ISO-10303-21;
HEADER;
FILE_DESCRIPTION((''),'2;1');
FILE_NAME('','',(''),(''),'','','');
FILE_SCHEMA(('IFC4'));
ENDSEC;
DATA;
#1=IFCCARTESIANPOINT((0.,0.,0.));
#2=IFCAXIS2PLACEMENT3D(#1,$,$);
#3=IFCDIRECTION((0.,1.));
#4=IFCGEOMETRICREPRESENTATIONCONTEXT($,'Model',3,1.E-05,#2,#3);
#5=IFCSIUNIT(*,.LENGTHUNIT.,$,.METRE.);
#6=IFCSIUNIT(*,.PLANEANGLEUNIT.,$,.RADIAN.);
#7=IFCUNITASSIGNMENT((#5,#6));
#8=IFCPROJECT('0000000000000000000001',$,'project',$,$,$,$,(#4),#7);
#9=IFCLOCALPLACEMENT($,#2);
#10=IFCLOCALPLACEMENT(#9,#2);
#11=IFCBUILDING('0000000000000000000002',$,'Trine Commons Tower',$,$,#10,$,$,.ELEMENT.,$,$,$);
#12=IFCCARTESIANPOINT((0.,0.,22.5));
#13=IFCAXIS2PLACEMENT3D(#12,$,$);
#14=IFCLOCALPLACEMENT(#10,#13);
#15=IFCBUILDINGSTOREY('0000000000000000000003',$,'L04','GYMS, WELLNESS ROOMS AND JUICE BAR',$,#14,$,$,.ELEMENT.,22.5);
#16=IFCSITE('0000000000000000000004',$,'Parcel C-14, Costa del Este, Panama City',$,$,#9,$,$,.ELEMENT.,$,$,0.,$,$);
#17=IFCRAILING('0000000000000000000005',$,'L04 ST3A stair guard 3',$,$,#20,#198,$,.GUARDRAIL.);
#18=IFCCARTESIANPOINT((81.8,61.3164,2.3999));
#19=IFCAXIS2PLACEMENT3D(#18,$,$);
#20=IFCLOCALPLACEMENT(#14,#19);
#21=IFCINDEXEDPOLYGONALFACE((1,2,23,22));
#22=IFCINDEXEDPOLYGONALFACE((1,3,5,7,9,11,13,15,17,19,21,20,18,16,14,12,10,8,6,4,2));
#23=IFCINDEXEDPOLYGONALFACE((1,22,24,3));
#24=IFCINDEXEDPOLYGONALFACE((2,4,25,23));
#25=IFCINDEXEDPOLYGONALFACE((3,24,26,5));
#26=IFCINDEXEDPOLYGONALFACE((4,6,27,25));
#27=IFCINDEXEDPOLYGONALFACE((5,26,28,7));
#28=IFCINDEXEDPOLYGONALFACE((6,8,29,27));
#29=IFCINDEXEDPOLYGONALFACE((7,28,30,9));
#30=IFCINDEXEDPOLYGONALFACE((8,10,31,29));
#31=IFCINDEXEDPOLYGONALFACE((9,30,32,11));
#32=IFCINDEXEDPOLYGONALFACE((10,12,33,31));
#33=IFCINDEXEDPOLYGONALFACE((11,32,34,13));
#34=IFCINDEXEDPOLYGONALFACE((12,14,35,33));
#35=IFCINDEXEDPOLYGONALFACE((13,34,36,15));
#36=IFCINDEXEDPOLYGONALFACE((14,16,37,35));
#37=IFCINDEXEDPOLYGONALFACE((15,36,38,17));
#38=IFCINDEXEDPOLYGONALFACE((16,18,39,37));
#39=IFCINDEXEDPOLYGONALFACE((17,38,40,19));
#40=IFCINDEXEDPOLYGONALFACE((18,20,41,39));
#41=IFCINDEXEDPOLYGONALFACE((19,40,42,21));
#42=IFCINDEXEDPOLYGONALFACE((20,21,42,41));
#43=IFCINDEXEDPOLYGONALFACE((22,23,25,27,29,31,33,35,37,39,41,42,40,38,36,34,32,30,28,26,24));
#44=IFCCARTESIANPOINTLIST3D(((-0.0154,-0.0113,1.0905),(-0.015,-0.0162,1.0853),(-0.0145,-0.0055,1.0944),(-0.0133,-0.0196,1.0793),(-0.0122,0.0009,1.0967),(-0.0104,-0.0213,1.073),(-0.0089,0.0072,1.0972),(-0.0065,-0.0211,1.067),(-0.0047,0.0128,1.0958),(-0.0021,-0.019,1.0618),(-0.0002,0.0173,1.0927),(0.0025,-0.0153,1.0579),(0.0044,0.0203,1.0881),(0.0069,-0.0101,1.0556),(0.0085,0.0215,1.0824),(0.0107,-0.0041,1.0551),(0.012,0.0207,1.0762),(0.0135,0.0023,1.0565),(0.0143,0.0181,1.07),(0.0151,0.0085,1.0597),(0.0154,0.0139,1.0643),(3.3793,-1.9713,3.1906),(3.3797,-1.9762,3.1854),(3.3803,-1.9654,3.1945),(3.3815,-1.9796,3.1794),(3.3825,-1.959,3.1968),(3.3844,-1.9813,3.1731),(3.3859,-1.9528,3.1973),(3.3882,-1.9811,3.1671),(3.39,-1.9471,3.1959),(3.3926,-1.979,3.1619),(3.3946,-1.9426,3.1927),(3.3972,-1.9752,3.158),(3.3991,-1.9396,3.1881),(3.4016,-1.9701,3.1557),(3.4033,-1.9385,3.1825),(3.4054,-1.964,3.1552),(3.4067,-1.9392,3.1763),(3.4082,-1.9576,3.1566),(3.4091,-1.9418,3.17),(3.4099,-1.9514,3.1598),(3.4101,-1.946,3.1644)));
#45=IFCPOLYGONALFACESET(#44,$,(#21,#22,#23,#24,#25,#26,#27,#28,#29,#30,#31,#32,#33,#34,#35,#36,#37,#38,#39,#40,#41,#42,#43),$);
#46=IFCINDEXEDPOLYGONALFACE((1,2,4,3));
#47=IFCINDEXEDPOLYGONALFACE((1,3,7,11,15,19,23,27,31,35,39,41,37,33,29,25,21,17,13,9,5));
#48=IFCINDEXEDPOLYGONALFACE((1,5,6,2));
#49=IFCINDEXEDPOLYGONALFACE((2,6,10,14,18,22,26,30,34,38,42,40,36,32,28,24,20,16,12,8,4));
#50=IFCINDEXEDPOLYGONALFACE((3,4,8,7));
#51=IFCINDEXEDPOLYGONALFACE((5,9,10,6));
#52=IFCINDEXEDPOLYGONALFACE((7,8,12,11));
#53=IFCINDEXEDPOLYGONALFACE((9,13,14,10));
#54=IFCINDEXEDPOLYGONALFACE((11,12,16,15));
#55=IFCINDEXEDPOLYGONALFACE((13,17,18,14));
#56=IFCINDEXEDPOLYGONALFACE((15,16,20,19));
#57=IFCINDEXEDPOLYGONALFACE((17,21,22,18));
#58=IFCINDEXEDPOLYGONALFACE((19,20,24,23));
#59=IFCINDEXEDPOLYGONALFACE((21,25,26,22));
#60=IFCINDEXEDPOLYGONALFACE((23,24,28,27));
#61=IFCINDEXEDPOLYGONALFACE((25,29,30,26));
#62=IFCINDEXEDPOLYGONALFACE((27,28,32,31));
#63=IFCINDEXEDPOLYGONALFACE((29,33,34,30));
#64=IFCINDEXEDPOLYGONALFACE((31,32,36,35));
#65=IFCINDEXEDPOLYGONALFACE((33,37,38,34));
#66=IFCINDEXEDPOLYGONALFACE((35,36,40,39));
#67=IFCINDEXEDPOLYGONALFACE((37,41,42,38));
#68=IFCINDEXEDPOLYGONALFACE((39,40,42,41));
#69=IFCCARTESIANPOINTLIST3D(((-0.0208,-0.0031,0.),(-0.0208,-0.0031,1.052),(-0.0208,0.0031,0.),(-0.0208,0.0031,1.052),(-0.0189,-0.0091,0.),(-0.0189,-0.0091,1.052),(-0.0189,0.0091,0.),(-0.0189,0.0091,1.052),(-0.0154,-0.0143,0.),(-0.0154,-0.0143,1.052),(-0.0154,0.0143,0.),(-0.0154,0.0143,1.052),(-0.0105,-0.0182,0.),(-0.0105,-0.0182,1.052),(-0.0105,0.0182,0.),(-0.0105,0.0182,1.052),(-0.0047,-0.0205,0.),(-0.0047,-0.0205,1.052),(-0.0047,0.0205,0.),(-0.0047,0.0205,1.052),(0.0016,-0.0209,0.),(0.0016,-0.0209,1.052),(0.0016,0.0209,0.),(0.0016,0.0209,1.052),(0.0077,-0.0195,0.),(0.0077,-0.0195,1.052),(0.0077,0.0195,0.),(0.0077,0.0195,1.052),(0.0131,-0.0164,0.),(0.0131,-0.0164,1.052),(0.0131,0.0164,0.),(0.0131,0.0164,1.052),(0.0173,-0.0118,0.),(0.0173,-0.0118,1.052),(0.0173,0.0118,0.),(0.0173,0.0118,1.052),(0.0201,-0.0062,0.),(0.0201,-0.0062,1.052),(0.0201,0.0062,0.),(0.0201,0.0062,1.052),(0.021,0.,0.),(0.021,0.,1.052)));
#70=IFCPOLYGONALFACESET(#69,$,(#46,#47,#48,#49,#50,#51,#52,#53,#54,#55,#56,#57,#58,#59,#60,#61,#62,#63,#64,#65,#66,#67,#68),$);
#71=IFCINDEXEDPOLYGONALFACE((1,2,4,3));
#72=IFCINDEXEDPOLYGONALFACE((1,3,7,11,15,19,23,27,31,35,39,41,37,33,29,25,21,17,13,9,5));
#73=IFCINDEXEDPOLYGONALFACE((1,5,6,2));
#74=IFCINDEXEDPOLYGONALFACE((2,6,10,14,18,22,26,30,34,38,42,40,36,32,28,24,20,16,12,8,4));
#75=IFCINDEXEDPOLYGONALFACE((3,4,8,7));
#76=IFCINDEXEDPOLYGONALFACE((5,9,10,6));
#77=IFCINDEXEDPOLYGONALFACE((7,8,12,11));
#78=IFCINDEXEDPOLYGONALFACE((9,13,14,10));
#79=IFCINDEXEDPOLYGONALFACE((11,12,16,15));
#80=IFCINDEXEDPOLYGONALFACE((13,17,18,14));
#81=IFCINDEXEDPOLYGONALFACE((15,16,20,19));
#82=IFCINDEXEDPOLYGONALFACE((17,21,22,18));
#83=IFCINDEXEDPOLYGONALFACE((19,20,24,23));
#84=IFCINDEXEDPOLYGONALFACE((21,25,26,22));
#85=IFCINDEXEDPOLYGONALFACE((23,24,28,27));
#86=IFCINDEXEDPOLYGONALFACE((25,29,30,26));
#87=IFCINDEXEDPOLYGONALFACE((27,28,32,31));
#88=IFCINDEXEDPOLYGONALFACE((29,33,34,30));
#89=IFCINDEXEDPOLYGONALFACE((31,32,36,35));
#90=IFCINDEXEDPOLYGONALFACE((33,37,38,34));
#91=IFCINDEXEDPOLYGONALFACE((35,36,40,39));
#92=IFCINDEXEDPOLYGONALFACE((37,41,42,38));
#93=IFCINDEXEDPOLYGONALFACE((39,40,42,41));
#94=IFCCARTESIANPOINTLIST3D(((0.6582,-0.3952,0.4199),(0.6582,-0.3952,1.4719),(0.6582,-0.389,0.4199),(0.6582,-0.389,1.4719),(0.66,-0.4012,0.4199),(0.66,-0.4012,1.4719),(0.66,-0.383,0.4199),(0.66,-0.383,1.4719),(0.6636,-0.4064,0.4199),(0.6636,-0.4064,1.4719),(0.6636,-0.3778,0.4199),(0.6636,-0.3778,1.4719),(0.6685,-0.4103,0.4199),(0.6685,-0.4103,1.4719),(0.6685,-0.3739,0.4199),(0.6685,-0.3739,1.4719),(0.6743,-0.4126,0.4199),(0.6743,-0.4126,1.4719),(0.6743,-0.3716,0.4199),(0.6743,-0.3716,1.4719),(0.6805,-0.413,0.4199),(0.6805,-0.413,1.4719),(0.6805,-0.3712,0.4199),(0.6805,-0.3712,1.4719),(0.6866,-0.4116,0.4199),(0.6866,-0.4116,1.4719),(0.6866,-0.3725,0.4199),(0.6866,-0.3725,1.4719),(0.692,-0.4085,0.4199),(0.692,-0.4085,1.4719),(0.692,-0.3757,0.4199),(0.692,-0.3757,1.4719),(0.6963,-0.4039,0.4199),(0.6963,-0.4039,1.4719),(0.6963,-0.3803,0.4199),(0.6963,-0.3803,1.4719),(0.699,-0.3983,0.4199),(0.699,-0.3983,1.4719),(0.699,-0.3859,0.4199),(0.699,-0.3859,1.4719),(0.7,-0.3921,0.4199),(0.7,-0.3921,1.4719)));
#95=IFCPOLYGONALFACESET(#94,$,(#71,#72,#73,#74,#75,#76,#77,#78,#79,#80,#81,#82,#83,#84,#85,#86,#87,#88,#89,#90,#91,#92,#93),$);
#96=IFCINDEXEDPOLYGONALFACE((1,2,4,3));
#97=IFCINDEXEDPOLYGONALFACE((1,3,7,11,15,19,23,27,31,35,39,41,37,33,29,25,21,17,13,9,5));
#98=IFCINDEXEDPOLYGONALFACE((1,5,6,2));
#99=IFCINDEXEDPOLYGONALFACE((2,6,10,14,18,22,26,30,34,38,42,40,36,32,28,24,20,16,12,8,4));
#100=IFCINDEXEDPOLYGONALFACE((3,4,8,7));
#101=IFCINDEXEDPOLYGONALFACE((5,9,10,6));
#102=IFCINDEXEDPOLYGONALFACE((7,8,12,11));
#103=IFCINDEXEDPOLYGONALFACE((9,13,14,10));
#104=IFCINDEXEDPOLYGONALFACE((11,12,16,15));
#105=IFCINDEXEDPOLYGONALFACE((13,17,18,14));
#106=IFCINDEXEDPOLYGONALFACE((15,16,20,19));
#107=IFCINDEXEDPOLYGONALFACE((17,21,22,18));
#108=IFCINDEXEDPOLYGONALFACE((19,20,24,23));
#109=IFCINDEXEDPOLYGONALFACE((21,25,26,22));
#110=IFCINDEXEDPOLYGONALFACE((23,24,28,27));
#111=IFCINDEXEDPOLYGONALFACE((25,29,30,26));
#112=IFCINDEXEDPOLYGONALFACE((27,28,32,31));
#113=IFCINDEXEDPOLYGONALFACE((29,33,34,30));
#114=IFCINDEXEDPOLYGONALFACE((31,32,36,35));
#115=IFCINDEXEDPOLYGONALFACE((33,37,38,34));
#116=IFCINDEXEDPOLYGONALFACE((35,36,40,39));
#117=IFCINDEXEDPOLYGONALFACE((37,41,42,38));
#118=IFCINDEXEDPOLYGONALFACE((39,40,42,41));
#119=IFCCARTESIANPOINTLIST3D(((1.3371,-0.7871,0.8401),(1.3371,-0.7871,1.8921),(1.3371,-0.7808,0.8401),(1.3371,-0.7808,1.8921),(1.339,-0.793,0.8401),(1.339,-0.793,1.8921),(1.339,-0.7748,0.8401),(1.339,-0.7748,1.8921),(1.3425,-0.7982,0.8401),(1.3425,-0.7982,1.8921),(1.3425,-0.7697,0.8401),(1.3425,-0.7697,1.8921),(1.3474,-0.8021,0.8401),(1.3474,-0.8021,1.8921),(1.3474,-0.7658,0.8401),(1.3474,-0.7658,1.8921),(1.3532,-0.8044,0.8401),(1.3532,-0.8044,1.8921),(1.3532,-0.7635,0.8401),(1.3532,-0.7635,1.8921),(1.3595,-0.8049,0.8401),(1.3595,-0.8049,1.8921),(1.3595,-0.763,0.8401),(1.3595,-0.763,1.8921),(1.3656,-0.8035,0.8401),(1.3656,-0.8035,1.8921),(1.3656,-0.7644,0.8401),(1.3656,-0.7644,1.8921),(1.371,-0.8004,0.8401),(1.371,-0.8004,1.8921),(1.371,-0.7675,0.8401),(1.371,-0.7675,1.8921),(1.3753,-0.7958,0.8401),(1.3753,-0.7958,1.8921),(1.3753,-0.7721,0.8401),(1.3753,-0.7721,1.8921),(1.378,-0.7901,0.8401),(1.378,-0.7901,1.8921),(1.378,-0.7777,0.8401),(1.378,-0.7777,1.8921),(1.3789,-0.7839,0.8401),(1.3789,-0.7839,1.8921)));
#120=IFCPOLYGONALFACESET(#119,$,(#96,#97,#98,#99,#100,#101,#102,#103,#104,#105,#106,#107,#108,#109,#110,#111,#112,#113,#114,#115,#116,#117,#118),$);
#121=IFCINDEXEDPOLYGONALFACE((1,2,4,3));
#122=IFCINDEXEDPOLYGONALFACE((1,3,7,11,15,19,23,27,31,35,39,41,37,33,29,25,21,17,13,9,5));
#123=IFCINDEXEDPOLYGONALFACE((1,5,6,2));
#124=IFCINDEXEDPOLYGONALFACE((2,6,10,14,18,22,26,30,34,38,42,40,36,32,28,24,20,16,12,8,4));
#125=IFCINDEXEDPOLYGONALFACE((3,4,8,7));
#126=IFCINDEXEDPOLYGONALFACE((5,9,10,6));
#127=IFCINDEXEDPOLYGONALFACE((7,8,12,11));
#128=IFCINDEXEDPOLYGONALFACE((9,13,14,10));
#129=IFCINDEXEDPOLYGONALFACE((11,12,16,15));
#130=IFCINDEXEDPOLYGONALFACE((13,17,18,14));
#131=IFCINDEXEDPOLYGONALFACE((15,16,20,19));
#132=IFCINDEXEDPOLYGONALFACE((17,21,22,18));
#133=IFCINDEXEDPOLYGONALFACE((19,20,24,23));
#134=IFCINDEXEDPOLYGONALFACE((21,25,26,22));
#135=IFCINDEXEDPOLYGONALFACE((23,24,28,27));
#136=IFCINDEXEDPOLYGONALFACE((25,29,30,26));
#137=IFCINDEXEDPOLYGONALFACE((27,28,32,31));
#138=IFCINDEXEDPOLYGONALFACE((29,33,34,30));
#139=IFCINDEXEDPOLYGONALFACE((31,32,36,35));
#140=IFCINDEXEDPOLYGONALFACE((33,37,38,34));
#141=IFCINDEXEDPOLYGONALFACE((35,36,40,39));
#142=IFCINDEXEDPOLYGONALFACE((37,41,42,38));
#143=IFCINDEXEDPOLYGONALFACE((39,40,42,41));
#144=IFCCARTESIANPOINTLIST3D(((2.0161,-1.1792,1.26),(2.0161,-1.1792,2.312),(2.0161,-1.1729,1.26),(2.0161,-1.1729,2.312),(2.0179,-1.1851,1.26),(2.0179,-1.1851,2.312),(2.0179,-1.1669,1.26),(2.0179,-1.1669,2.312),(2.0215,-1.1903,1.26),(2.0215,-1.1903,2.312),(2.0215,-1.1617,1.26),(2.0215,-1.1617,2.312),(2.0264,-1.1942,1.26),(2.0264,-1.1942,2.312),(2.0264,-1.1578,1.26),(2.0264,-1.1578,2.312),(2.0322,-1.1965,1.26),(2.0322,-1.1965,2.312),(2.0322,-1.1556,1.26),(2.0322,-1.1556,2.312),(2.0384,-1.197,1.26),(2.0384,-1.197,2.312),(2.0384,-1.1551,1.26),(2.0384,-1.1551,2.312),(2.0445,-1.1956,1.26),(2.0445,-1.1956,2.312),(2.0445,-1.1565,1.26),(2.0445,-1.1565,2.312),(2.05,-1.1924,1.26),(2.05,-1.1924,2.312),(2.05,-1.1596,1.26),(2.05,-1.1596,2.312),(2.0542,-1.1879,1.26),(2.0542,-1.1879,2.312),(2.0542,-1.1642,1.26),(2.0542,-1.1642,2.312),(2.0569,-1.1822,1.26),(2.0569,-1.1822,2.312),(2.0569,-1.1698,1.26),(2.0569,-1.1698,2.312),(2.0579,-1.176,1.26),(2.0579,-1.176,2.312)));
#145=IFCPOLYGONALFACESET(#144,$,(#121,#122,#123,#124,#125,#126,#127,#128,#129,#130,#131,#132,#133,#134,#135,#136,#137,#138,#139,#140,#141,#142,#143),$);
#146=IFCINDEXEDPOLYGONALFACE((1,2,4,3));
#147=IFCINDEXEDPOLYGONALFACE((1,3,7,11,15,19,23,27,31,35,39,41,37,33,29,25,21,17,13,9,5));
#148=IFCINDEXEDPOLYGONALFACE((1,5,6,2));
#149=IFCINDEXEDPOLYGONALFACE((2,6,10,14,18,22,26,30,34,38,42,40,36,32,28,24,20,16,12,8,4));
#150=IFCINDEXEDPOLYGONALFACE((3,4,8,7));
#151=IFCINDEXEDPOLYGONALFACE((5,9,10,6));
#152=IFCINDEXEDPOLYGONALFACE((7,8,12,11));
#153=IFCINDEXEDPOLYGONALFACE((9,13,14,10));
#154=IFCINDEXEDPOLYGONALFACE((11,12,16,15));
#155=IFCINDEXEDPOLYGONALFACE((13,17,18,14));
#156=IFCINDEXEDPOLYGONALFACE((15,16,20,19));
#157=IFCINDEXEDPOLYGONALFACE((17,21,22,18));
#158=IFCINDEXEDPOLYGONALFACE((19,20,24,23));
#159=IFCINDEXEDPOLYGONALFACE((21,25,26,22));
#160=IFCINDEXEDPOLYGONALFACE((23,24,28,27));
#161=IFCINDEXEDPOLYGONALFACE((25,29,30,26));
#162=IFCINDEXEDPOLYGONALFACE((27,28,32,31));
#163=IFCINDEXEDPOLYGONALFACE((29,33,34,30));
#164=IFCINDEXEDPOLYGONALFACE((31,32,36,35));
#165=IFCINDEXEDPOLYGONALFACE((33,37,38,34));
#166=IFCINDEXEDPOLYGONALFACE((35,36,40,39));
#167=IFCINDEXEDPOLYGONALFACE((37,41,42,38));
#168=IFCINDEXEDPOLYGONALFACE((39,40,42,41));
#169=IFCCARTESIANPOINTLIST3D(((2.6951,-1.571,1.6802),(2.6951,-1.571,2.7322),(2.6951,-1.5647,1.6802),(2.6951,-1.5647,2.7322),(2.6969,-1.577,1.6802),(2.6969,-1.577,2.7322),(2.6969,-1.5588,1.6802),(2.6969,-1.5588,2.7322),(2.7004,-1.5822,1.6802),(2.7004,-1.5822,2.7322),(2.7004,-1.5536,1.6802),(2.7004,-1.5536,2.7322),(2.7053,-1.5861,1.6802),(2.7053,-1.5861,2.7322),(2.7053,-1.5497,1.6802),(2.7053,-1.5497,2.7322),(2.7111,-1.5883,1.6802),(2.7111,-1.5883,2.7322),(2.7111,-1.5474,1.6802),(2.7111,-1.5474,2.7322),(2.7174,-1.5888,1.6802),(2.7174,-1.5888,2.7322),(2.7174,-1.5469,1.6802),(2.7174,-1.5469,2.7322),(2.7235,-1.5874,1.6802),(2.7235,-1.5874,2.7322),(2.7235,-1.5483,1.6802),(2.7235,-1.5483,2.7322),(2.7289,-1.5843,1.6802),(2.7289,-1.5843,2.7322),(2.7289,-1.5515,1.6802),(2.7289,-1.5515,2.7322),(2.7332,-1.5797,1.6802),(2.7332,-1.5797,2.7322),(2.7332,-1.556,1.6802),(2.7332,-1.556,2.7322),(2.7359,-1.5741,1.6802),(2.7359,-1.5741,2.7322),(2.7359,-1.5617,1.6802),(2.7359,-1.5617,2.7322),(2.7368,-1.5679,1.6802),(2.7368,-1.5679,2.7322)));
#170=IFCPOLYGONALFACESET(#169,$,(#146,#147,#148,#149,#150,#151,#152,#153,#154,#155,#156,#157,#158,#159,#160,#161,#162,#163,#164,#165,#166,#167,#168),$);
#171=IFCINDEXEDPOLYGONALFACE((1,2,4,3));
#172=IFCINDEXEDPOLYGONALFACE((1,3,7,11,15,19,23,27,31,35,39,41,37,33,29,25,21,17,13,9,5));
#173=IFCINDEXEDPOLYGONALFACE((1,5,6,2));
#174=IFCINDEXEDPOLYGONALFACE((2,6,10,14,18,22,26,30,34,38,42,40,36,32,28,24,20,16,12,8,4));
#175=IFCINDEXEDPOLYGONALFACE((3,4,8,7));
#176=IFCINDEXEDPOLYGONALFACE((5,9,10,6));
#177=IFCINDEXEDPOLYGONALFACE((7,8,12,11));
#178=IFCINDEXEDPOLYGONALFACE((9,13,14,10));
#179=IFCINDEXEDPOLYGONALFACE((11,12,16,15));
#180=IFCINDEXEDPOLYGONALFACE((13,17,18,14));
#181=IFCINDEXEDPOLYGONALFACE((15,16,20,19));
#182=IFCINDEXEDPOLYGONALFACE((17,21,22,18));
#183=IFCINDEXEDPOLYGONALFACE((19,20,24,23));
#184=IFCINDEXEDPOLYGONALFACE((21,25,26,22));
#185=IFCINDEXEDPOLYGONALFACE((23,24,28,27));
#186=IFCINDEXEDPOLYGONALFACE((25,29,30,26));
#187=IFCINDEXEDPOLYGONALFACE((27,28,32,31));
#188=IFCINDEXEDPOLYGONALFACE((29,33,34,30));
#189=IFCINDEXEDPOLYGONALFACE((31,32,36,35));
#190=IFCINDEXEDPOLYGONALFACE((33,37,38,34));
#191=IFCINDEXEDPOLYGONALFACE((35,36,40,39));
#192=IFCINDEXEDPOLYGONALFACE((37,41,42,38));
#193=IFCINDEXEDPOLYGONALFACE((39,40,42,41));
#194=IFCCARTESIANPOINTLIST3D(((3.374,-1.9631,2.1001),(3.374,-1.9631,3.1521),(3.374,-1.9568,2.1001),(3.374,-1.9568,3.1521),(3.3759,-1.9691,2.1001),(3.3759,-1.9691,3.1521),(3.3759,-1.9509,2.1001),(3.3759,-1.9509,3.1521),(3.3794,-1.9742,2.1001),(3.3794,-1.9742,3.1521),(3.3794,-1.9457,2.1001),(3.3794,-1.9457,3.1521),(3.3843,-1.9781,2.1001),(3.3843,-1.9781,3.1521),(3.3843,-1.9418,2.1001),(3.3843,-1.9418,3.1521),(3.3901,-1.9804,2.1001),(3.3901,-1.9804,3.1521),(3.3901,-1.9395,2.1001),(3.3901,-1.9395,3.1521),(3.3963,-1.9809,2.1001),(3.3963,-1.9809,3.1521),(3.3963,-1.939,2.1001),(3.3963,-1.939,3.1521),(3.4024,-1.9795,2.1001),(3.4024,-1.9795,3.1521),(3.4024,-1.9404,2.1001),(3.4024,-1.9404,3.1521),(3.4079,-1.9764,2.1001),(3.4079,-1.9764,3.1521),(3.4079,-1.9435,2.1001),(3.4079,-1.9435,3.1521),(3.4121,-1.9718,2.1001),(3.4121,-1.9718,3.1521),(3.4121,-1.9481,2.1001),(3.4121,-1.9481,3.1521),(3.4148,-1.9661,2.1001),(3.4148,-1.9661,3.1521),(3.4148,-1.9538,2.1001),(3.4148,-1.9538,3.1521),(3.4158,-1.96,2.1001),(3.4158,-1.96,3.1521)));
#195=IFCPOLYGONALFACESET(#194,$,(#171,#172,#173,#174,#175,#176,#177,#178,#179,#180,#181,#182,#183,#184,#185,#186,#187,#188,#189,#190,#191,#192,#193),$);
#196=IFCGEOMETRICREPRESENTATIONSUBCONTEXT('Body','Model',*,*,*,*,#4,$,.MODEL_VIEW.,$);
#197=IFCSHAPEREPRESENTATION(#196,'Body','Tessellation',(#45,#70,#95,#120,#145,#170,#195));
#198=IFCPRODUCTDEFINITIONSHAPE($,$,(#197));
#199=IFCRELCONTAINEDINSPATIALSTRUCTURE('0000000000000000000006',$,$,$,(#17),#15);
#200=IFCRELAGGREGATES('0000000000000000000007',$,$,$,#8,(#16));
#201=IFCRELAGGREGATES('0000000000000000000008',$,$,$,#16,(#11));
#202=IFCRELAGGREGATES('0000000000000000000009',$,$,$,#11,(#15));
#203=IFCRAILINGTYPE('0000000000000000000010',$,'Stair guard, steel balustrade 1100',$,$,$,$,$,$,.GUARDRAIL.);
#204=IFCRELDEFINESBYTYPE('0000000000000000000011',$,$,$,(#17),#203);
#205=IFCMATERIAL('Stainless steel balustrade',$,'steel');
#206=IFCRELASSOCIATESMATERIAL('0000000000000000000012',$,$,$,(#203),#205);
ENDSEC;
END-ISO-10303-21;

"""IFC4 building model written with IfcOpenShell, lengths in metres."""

from ifc_helpers import new_model, si_unit, direction, frame, origin, origin_2d, place, context, subcontext, project, spatial, circle, extrude, material, type_object, element, save


model = new_model("IFC4")

# Units and contexts
model_context = context("Model", 3, precision=1e-05, world=origin(), true_north=direction((0.0, 1.0)))
body_context = subcontext(model_context, "Body", "Model", "MODEL_VIEW")
ifc_project = project(units=[si_unit("LENGTHUNIT", "METRE"), si_unit("PLANEANGLEUNIT", "RADIAN")], contexts=[model_context])

# Site, building, storey
site_placement = place(None, origin())
site = spatial("IfcSite", under=ifc_project, at=site_placement, Name="Parcel C-14, Costa del Este, Panama City", CompositionType="ELEMENT", RefElevation=0.0)
building_placement = place(site_placement, origin())
building = spatial("IfcBuilding", under=site, at=building_placement, Name="Trine Commons Tower", CompositionType="ELEMENT")
storey_placement = place(building_placement, frame((0.0, 0.0, 22.5)))
storey = spatial("IfcBuildingStorey", under=building, at=storey_placement, Name="L04", Description="GYMS, WELLNESS ROOMS AND JUICE BAR", CompositionType="ELEMENT", Elevation=22.5)

# Railing
ifc_material_1 = material(Name="Stainless steel balustrade", Category="steel")
railing_type_1 = type_object("IfcRailingType", Name="Stair guard, steel balustrade 1100", PredefinedType="GUARDRAIL", material=ifc_material_1)
railing_1_placement = place(storey_placement, frame((81.8, 61.3164, 2.3999)))
element("IfcRailing", 1, at=railing_1_placement, inside=storey, type_object=railing_type_1, Name="L04 ST3A stair guard 3", PredefinedType="GUARDRAIL", context=body_context, shape_type="SweptSolid", body=[
    extrude(circle(Radius=0.0239, at=origin_2d()), frame((0.0, 0.0, 1.0762), z_axis=(0.763375, -0.440732, 0.472244), x_axis=(0.499997, 0.866027, 0.0)), (0.0, 0.0, 1.0), 4.447),
    extrude(circle(Radius=0.021, at=origin_2d()), origin(), (0.0, 0.0, 1.0), 1.052),
    extrude(circle(Radius=0.021, at=origin_2d()), frame((0.679, -0.3921, 0.4199)), (0.0, 0.0, 1.0), 1.052),
    extrude(circle(Radius=0.021, at=origin_2d()), frame((1.3579, -0.7839, 0.8401)), (0.0, 0.0, 1.0), 1.052),
    extrude(circle(Radius=0.021, at=origin_2d()), frame((2.0369, -1.176, 1.26)), (0.0, 0.0, 1.0), 1.052),
    extrude(circle(Radius=0.021, at=origin_2d()), frame((2.7158, -1.5679, 1.6802)), (0.0, 0.0, 1.0), 1.052),
    extrude(circle(Radius=0.021, at=origin_2d()), frame((3.3948, -1.96, 2.1001)), (0.0, 0.0, 1.0), 1.052),
])

save(model, "model.ifc")
